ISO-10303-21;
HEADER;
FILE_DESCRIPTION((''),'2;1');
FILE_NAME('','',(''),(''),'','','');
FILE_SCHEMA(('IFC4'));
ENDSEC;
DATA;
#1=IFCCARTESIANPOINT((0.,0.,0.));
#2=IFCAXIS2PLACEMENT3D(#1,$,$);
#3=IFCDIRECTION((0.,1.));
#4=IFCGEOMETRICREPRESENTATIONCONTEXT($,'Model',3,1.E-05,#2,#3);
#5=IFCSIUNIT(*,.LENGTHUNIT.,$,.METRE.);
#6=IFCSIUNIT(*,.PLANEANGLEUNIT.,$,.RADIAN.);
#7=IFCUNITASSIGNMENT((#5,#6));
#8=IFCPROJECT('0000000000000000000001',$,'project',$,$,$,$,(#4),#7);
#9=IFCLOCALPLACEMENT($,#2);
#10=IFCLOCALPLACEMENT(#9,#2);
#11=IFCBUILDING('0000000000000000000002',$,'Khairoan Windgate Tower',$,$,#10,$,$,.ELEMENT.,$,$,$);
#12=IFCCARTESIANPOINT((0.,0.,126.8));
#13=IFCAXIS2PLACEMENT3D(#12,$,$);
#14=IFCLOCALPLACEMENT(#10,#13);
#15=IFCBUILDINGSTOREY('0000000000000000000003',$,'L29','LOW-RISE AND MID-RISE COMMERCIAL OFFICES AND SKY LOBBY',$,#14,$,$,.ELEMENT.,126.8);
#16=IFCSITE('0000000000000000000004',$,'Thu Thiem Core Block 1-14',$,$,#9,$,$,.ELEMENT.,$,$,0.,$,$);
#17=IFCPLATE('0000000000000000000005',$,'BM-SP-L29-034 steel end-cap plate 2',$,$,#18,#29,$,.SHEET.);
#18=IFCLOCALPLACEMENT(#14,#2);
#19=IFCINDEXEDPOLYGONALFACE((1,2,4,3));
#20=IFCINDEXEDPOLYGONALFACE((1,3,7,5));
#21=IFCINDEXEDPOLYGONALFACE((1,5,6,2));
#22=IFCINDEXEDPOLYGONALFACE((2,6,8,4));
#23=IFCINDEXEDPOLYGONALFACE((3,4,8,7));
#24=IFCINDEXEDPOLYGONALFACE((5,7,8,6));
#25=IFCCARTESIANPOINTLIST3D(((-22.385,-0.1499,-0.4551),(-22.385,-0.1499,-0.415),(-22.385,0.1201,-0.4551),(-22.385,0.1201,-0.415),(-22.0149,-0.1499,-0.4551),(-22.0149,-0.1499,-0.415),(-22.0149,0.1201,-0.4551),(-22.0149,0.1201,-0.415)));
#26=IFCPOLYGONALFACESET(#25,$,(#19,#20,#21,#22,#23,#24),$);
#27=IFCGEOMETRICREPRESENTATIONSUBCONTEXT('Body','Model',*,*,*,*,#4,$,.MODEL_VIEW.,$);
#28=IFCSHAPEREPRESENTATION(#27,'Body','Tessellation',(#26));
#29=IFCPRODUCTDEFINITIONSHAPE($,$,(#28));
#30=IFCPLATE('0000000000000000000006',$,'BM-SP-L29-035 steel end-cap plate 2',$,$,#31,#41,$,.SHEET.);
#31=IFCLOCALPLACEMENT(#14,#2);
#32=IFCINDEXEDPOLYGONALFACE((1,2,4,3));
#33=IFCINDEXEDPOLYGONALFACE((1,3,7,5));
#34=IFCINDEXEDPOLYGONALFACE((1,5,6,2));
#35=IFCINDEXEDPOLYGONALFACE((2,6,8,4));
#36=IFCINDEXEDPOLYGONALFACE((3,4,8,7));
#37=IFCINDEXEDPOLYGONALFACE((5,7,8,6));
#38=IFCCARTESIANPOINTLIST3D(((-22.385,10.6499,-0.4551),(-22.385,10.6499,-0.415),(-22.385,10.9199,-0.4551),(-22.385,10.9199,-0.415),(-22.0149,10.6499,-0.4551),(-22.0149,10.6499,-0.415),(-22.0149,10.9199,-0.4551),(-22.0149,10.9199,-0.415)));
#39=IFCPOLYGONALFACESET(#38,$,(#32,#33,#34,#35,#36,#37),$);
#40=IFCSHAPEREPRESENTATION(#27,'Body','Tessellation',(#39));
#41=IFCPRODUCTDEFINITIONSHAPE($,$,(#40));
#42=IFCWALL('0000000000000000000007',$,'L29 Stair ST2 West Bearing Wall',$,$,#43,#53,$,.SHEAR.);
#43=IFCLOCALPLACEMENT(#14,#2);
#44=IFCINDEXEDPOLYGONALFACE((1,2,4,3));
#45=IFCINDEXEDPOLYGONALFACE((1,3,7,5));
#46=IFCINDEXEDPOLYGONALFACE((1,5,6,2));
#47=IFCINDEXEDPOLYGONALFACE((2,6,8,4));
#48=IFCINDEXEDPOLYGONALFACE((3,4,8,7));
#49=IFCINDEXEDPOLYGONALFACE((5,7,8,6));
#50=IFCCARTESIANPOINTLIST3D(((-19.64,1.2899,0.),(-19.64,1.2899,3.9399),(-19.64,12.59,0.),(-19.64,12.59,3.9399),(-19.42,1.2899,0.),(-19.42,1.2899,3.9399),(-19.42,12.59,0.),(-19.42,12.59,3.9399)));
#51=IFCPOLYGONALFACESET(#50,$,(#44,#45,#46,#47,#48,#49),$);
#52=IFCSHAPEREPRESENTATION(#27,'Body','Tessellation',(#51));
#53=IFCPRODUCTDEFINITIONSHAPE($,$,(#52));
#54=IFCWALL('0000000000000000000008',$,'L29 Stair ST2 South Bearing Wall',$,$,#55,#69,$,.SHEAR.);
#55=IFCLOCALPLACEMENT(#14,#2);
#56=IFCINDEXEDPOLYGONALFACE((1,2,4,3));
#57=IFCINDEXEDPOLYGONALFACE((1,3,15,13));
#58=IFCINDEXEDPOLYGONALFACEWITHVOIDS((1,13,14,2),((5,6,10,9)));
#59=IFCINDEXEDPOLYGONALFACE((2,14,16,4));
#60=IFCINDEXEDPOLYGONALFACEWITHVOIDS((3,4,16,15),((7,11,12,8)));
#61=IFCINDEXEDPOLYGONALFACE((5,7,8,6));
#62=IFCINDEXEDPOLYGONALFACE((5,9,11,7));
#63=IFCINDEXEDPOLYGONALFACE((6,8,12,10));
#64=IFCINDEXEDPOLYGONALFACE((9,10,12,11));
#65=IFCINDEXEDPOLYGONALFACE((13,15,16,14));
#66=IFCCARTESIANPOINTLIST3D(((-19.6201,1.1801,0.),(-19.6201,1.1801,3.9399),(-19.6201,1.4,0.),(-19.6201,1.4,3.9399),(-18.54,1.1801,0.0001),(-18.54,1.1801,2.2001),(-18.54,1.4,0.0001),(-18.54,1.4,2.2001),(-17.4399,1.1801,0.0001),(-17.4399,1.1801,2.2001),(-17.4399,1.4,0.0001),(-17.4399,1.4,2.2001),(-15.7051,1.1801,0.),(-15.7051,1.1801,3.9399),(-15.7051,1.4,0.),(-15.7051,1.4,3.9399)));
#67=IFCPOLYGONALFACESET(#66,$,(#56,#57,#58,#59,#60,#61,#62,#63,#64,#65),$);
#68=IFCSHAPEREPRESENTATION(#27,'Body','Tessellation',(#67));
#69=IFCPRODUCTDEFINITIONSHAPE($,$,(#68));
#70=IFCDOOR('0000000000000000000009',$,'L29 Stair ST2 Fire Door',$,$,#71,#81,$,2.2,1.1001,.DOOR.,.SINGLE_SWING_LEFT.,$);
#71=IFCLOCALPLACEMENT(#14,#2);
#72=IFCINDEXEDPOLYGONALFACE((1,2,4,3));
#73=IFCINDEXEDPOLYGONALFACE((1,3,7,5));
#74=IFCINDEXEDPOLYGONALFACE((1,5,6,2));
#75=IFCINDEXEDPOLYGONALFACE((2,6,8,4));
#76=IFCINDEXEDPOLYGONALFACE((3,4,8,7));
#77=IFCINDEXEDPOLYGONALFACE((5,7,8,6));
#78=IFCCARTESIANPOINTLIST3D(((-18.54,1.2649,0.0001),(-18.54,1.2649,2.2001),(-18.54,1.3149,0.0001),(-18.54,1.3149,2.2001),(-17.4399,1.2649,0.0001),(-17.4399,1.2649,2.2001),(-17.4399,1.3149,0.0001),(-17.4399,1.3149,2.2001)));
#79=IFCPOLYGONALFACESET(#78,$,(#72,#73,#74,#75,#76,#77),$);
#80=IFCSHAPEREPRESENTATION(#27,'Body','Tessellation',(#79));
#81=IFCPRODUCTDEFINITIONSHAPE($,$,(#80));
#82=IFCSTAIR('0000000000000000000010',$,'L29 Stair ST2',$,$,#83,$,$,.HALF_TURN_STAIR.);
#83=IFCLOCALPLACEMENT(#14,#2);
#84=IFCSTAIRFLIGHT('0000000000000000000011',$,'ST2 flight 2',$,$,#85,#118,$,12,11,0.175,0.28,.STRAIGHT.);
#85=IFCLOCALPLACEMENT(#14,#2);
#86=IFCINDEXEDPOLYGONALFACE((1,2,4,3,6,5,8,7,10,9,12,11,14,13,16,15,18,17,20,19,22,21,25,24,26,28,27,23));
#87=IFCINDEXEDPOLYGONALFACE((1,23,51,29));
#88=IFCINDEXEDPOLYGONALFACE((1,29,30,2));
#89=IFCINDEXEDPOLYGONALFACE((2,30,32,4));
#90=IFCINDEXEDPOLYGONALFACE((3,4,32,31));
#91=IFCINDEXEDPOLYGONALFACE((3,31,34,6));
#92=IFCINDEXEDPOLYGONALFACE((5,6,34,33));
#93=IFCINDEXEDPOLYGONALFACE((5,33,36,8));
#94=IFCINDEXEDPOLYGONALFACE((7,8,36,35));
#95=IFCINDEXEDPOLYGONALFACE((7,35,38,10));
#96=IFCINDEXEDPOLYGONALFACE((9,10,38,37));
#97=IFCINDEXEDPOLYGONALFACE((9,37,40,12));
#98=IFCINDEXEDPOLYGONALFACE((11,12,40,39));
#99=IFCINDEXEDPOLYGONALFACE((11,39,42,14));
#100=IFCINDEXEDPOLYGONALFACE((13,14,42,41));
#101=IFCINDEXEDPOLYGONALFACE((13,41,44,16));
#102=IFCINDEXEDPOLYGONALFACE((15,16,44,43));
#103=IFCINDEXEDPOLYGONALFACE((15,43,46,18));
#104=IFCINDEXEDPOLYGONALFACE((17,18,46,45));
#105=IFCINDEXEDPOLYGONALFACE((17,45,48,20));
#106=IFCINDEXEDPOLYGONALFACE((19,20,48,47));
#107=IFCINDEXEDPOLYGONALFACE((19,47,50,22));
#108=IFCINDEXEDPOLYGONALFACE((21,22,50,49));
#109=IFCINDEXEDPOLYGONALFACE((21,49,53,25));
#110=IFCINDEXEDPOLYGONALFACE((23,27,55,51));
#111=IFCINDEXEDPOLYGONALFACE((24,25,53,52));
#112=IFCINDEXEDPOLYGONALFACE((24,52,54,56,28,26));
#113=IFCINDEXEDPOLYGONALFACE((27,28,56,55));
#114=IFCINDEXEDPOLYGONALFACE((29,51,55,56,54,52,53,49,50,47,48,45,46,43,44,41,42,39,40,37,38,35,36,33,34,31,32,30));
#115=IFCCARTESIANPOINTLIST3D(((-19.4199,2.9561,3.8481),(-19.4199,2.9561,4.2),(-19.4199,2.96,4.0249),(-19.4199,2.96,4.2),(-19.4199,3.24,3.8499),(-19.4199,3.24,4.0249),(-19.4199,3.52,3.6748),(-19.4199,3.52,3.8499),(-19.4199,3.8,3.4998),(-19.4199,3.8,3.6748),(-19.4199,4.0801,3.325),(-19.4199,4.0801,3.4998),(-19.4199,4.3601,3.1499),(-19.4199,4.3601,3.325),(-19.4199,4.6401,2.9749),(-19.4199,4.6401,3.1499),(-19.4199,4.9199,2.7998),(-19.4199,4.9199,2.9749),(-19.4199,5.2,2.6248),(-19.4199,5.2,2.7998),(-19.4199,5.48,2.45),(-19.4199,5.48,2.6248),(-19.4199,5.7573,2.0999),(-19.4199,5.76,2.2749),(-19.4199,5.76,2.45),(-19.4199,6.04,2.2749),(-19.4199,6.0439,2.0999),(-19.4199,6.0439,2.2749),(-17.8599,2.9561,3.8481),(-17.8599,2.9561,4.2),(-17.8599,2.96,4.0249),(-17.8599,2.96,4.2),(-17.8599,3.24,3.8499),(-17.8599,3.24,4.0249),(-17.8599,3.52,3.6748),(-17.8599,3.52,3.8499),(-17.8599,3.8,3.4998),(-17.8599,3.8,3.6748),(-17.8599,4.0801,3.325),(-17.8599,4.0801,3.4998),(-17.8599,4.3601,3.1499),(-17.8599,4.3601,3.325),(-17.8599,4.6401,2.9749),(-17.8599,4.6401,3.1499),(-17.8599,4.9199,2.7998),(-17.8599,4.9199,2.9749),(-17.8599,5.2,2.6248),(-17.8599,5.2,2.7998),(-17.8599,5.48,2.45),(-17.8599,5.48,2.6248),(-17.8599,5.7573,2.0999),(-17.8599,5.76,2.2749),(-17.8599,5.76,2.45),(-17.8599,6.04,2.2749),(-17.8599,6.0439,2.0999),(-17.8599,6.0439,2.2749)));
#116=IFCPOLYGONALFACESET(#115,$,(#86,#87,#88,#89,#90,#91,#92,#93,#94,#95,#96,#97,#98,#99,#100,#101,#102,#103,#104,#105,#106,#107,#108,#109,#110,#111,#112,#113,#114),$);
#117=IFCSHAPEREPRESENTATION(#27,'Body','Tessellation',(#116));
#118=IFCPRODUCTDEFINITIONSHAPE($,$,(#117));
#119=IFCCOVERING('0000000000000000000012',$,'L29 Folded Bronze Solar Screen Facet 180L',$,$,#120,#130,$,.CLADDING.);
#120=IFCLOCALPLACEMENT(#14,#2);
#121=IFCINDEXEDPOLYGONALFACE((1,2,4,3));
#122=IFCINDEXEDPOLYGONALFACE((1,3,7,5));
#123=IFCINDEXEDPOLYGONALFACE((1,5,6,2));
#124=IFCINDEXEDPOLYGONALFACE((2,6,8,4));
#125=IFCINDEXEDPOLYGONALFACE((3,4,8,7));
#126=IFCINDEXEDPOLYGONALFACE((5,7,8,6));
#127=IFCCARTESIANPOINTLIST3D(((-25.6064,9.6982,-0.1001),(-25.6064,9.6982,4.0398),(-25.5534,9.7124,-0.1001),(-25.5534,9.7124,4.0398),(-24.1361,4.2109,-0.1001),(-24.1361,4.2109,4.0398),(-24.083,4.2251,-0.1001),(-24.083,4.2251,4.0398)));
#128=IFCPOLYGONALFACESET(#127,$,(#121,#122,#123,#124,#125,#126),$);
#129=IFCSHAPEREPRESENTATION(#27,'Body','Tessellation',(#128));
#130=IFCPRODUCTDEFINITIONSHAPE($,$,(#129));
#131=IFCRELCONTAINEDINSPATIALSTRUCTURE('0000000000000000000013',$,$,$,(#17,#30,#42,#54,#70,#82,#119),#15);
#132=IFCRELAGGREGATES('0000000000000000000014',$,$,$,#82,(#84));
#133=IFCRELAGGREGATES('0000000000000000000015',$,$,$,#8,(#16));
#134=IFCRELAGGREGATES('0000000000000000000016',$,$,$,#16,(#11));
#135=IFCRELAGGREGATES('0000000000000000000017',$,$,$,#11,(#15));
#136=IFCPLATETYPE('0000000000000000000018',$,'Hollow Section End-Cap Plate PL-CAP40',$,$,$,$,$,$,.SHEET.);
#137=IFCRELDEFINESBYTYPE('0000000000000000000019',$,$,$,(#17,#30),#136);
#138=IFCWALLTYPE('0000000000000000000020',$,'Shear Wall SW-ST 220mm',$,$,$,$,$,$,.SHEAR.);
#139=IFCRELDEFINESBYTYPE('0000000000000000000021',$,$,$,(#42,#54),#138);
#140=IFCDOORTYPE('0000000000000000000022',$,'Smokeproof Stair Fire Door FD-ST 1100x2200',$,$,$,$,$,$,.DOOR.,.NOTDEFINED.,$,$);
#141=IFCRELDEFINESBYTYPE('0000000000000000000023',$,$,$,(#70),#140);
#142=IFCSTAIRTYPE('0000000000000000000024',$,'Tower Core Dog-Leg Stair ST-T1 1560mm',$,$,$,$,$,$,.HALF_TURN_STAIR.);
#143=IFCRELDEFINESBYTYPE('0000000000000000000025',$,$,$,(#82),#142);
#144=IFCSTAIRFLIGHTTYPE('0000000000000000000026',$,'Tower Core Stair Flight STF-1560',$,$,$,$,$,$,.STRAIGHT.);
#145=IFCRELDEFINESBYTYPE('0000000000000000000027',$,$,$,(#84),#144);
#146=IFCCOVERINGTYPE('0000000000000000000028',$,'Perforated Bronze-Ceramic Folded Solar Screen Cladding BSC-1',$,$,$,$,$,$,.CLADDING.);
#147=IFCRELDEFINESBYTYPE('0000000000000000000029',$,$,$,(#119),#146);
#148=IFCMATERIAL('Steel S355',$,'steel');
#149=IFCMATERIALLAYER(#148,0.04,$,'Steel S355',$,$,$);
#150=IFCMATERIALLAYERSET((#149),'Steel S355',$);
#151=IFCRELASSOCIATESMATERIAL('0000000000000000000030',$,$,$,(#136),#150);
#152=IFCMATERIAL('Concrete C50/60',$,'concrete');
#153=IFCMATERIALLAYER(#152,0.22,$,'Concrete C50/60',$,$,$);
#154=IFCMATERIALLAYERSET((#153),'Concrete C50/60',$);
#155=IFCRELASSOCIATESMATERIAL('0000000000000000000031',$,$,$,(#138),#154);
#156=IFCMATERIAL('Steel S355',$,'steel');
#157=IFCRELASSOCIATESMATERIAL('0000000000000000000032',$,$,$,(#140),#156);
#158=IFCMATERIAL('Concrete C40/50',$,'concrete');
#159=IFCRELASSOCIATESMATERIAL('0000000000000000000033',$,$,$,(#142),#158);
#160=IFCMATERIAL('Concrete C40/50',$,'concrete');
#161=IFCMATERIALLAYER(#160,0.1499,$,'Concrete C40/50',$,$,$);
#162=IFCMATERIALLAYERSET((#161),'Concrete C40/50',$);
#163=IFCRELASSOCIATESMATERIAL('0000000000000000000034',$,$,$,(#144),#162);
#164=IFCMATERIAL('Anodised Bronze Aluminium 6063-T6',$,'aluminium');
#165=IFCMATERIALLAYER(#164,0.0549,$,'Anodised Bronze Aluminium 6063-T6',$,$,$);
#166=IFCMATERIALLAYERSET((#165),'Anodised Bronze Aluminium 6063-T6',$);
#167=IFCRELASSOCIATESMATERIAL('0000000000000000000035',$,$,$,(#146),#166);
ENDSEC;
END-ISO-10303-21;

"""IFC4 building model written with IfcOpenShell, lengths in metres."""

from ifc_helpers import new_model, si_unit, direction, frame, frame_2d, origin, origin_2d, place, context, subcontext, project, spatial, polyline, rectangle, outline, extrude, material, layer, layer_set, type_object, element, fill, aggregate, save


model = new_model("IFC4")

# Units and contexts
model_context = context("Model", 3, precision=1e-05, world=origin(), true_north=direction((0.0, 1.0)))
body_context = subcontext(model_context, "Body", "Model", "MODEL_VIEW")
ifc_project = project(units=[si_unit("LENGTHUNIT", "METRE"), si_unit("PLANEANGLEUNIT", "RADIAN")], contexts=[model_context])

# Site, building, storey
site_placement = place(None, origin())
site = spatial("IfcSite", under=ifc_project, at=site_placement, Name="Thu Thiem Core Block 1-14", CompositionType="ELEMENT", RefElevation=0.0)
building_placement = place(site_placement, origin())
building = spatial("IfcBuilding", under=site, at=building_placement, Name="Khairoan Windgate Tower", CompositionType="ELEMENT")
storey_placement = place(building_placement, frame((0.0, 0.0, 126.8)))
storey = spatial("IfcBuildingStorey", under=building, at=storey_placement, Name="L29", Description="LOW-RISE AND MID-RISE COMMERCIAL OFFICES AND SKY LOBBY", CompositionType="ELEMENT", Elevation=126.8)

# Plates
ifc_material_1 = material(Name="Steel S355", Category="steel")
ifc_layer_1 = layer(ifc_material_1, 0.04, Name="Steel S355")
ifc_layer_set_1 = layer_set([ifc_layer_1], Name="Steel S355")
plate_type = type_object("IfcPlateType", Name="Hollow Section End-Cap Plate PL-CAP40", PredefinedType="SHEET", material=ifc_layer_set_1)
for number, where, z_axis, x_axis, name in (
    (1, (-22.2, -0.0149, -0.4551), (0.0, 0.0, 1.0), (0.0, 1.0, 0.0), "BM-SP-L29-034 steel end-cap plate 2"),
    (2, (-22.2, 10.7849, -0.4551), (0.0, 0.0, 1.0), (0.0, 1.0, 0.0), "BM-SP-L29-035 steel end-cap plate 2"),
):
    element("IfcPlate", number, at=place(storey_placement, frame(where, z_axis=z_axis, x_axis=x_axis)), inside=storey, type_object=plate_type, Name=name, PredefinedType="SHEET", context=body_context, shape_type="SweptSolid", body=[
        extrude(rectangle(XDim=0.27, YDim=0.3701, at=origin_2d()), origin(), (0.0, 0.0, 1.0), 0.04),
    ])

# Wall
ifc_material_2 = material(Name="Concrete C50/60", Category="concrete")
ifc_layer_2 = layer(ifc_material_2, 0.22, Name="Concrete C50/60")
ifc_layer_set_2 = layer_set([ifc_layer_2], Name="Concrete C50/60")
wall_type = type_object("IfcWallType", Name="Shear Wall SW-ST 220mm", PredefinedType="SHEAR", material=ifc_layer_set_2)
wall_1_placement = place(storey_placement, frame((-19.53, 1.29, 0.0), z_axis=(0.0, 0.0, 1.0), x_axis=(0.0, 1.0, 0.0)))
element("IfcWall", 3, at=wall_1_placement, inside=storey, type_object=wall_type, Name="L29 Stair ST2 West Bearing Wall", PredefinedType="SHEAR", context=body_context, shape_type="SweptSolid", body=[
    extrude(rectangle(XDim=11.3, YDim=0.22, at=frame_2d((5.6499, 0.0))), origin(), (0.0, 0.0, 1.0), 3.9399),
])

# Wall, opening, door
wall_2_placement = place(storey_placement, frame((-19.6201, 1.29, 0.0), z_axis=(0.0, 0.0, 1.0), x_axis=(1.0, 0.0, 0.0)))
wall_2 = element("IfcWall", 4, at=wall_2_placement, inside=storey, type_object=wall_type, Name="L29 Stair ST2 South Bearing Wall", PredefinedType="SHEAR", context=body_context, shape_type="SweptSolid", body=[
    extrude(rectangle(XDim=3.915, YDim=0.22, at=frame_2d((1.9575, 0.0))), origin(), (0.0, 0.0, 1.0), 3.9399),
])
opening_placement = place(wall_2_placement, frame((1.0801, 0.0, 0.0)))
opening = element("IfcOpeningElement", 5, at=opening_placement, cuts=wall_2, PredefinedType="OPENING", context=body_context, shape_type="SweptSolid", body=[
    extrude(rectangle(XDim=1.1001, YDim=2.2, at=frame_2d((0.55, 1.1001))), frame((0.0, 0.1199, 0.0), z_axis=(0.0, -1.0, 0.0), x_axis=(1.0, 0.0, 0.0)), (0.0, 0.0, 1.0), 0.24),
])
ifc_material_3 = material(Name="Steel S355", Category="steel")
door_type = type_object("IfcDoorType", Name="Smokeproof Stair Fire Door FD-ST 1100x2200", OperationType="NOTDEFINED", PredefinedType="DOOR", material=ifc_material_3)
door_placement = place(opening_placement, origin())
door = element("IfcDoor", 6, at=door_placement, inside=storey, type_object=door_type, Name="L29 Stair ST2 Fire Door", OperationType="SINGLE_SWING_LEFT", OverallHeight=2.2, OverallWidth=1.1001, PredefinedType="DOOR", context=body_context, shape_type="SweptSolid", body=[
    extrude(rectangle(XDim=1.1001, YDim=2.2, at=frame_2d((0.55, 1.1001))), frame((0.0, 0.0249, 0.0), z_axis=(0.0, -1.0, 0.0), x_axis=(1.0, 0.0, 0.0)), (0.0, 0.0, 1.0), 0.05),
])
fill(opening, door)

# Stair, stair flight
ifc_material_4 = material(Name="Concrete C40/50", Category="concrete")
stair_type = type_object("IfcStairType", Name="Tower Core Dog-Leg Stair ST-T1 1560mm", PredefinedType="HALF_TURN_STAIR", material=ifc_material_4)
stair_placement = place(storey_placement, origin())
stair = element("IfcStair", 7, at=stair_placement, inside=storey, type_object=stair_type, Name="L29 Stair ST2", PredefinedType="HALF_TURN_STAIR")
ifc_material_5 = material(Name="Concrete C40/50", Category="concrete")
ifc_layer_3 = layer(ifc_material_5, 0.1499, Name="Concrete C40/50")
ifc_layer_set_3 = layer_set([ifc_layer_3], Name="Concrete C40/50")
stair_flight_type = type_object("IfcStairFlightType", Name="Tower Core Stair Flight STF-1560", PredefinedType="STRAIGHT", material=ifc_layer_set_3)
stair_flight_placement = place(storey_placement, frame((-18.6399, 6.04, 2.0999), z_axis=(0.0, 0.0, 1.0), x_axis=(0.0, -1.0, 0.0)))
stair_flight = element("IfcStairFlight", 8, at=stair_flight_placement, type_object=stair_flight_type, Name="ST2 flight 2", NumberOfRisers=12, NumberOfTreads=11, PredefinedType="STRAIGHT", RiserHeight=0.175, TreadLength=0.28, context=body_context, shape_type="SweptSolid", body=[
    extrude(outline(polyline([(-0.0039, 0.0), (-0.0039, 0.175), (0.0, 0.175), (0.28, 0.175), (0.28, 0.3501), (0.5601, 0.3501), (0.5601, 0.5249), (0.8401, 0.5249), (0.8401, 0.7), (1.1201, 0.7), (1.1201, 0.875), (1.3999, 0.875), (1.3999, 1.05), (1.6799, 1.05), (1.6799, 1.2251), (1.96, 1.2251), (1.96, 1.3999), (2.24, 1.3999), (2.24, 1.575), (2.52, 1.575), (2.52, 1.75), (2.8, 1.75), (2.8, 1.925), (3.0801, 1.925), (3.0801, 2.1001), (3.084, 2.1001), (3.084, 1.7483), (0.2827, 0.0), (-0.0039, 0.0)])), frame((0.0, 0.78, 0.0), z_axis=(0.0, -1.0, 0.0), x_axis=(1.0, 0.0, 0.0)), (0.0, 0.0, 1.0), 1.5601),
])
aggregate(stair, [stair_flight])

# Covering
ifc_material_6 = material(Name="Anodised Bronze Aluminium 6063-T6", Category="aluminium")
ifc_layer_4 = layer(ifc_material_6, 0.0549, Name="Anodised Bronze Aluminium 6063-T6")
ifc_layer_set_4 = layer_set([ifc_layer_4], Name="Anodised Bronze Aluminium 6063-T6")
covering_type = type_object("IfcCoveringType", Name="Perforated Bronze-Ceramic Folded Solar Screen Cladding BSC-1", PredefinedType="CLADDING", material=ifc_layer_set_4)
covering_placement = place(storey_placement, frame((-24.8447, 6.9617, -0.1001), z_axis=(0.0, 0.0, 1.0), x_axis=(-0.258819, 0.965926, 0.0)))
element("IfcCovering", 9, at=covering_placement, inside=storey, type_object=covering_type, Name="L29 Folded Bronze Solar Screen Facet 180L", PredefinedType="CLADDING", context=body_context, shape_type="SweptSolid", body=[
    extrude(rectangle(XDim=5.6809, YDim=0.0549, at=origin_2d()), origin(), (0.0, 0.0, 1.0), 4.1399),
])

save(model, "model.ifc")
